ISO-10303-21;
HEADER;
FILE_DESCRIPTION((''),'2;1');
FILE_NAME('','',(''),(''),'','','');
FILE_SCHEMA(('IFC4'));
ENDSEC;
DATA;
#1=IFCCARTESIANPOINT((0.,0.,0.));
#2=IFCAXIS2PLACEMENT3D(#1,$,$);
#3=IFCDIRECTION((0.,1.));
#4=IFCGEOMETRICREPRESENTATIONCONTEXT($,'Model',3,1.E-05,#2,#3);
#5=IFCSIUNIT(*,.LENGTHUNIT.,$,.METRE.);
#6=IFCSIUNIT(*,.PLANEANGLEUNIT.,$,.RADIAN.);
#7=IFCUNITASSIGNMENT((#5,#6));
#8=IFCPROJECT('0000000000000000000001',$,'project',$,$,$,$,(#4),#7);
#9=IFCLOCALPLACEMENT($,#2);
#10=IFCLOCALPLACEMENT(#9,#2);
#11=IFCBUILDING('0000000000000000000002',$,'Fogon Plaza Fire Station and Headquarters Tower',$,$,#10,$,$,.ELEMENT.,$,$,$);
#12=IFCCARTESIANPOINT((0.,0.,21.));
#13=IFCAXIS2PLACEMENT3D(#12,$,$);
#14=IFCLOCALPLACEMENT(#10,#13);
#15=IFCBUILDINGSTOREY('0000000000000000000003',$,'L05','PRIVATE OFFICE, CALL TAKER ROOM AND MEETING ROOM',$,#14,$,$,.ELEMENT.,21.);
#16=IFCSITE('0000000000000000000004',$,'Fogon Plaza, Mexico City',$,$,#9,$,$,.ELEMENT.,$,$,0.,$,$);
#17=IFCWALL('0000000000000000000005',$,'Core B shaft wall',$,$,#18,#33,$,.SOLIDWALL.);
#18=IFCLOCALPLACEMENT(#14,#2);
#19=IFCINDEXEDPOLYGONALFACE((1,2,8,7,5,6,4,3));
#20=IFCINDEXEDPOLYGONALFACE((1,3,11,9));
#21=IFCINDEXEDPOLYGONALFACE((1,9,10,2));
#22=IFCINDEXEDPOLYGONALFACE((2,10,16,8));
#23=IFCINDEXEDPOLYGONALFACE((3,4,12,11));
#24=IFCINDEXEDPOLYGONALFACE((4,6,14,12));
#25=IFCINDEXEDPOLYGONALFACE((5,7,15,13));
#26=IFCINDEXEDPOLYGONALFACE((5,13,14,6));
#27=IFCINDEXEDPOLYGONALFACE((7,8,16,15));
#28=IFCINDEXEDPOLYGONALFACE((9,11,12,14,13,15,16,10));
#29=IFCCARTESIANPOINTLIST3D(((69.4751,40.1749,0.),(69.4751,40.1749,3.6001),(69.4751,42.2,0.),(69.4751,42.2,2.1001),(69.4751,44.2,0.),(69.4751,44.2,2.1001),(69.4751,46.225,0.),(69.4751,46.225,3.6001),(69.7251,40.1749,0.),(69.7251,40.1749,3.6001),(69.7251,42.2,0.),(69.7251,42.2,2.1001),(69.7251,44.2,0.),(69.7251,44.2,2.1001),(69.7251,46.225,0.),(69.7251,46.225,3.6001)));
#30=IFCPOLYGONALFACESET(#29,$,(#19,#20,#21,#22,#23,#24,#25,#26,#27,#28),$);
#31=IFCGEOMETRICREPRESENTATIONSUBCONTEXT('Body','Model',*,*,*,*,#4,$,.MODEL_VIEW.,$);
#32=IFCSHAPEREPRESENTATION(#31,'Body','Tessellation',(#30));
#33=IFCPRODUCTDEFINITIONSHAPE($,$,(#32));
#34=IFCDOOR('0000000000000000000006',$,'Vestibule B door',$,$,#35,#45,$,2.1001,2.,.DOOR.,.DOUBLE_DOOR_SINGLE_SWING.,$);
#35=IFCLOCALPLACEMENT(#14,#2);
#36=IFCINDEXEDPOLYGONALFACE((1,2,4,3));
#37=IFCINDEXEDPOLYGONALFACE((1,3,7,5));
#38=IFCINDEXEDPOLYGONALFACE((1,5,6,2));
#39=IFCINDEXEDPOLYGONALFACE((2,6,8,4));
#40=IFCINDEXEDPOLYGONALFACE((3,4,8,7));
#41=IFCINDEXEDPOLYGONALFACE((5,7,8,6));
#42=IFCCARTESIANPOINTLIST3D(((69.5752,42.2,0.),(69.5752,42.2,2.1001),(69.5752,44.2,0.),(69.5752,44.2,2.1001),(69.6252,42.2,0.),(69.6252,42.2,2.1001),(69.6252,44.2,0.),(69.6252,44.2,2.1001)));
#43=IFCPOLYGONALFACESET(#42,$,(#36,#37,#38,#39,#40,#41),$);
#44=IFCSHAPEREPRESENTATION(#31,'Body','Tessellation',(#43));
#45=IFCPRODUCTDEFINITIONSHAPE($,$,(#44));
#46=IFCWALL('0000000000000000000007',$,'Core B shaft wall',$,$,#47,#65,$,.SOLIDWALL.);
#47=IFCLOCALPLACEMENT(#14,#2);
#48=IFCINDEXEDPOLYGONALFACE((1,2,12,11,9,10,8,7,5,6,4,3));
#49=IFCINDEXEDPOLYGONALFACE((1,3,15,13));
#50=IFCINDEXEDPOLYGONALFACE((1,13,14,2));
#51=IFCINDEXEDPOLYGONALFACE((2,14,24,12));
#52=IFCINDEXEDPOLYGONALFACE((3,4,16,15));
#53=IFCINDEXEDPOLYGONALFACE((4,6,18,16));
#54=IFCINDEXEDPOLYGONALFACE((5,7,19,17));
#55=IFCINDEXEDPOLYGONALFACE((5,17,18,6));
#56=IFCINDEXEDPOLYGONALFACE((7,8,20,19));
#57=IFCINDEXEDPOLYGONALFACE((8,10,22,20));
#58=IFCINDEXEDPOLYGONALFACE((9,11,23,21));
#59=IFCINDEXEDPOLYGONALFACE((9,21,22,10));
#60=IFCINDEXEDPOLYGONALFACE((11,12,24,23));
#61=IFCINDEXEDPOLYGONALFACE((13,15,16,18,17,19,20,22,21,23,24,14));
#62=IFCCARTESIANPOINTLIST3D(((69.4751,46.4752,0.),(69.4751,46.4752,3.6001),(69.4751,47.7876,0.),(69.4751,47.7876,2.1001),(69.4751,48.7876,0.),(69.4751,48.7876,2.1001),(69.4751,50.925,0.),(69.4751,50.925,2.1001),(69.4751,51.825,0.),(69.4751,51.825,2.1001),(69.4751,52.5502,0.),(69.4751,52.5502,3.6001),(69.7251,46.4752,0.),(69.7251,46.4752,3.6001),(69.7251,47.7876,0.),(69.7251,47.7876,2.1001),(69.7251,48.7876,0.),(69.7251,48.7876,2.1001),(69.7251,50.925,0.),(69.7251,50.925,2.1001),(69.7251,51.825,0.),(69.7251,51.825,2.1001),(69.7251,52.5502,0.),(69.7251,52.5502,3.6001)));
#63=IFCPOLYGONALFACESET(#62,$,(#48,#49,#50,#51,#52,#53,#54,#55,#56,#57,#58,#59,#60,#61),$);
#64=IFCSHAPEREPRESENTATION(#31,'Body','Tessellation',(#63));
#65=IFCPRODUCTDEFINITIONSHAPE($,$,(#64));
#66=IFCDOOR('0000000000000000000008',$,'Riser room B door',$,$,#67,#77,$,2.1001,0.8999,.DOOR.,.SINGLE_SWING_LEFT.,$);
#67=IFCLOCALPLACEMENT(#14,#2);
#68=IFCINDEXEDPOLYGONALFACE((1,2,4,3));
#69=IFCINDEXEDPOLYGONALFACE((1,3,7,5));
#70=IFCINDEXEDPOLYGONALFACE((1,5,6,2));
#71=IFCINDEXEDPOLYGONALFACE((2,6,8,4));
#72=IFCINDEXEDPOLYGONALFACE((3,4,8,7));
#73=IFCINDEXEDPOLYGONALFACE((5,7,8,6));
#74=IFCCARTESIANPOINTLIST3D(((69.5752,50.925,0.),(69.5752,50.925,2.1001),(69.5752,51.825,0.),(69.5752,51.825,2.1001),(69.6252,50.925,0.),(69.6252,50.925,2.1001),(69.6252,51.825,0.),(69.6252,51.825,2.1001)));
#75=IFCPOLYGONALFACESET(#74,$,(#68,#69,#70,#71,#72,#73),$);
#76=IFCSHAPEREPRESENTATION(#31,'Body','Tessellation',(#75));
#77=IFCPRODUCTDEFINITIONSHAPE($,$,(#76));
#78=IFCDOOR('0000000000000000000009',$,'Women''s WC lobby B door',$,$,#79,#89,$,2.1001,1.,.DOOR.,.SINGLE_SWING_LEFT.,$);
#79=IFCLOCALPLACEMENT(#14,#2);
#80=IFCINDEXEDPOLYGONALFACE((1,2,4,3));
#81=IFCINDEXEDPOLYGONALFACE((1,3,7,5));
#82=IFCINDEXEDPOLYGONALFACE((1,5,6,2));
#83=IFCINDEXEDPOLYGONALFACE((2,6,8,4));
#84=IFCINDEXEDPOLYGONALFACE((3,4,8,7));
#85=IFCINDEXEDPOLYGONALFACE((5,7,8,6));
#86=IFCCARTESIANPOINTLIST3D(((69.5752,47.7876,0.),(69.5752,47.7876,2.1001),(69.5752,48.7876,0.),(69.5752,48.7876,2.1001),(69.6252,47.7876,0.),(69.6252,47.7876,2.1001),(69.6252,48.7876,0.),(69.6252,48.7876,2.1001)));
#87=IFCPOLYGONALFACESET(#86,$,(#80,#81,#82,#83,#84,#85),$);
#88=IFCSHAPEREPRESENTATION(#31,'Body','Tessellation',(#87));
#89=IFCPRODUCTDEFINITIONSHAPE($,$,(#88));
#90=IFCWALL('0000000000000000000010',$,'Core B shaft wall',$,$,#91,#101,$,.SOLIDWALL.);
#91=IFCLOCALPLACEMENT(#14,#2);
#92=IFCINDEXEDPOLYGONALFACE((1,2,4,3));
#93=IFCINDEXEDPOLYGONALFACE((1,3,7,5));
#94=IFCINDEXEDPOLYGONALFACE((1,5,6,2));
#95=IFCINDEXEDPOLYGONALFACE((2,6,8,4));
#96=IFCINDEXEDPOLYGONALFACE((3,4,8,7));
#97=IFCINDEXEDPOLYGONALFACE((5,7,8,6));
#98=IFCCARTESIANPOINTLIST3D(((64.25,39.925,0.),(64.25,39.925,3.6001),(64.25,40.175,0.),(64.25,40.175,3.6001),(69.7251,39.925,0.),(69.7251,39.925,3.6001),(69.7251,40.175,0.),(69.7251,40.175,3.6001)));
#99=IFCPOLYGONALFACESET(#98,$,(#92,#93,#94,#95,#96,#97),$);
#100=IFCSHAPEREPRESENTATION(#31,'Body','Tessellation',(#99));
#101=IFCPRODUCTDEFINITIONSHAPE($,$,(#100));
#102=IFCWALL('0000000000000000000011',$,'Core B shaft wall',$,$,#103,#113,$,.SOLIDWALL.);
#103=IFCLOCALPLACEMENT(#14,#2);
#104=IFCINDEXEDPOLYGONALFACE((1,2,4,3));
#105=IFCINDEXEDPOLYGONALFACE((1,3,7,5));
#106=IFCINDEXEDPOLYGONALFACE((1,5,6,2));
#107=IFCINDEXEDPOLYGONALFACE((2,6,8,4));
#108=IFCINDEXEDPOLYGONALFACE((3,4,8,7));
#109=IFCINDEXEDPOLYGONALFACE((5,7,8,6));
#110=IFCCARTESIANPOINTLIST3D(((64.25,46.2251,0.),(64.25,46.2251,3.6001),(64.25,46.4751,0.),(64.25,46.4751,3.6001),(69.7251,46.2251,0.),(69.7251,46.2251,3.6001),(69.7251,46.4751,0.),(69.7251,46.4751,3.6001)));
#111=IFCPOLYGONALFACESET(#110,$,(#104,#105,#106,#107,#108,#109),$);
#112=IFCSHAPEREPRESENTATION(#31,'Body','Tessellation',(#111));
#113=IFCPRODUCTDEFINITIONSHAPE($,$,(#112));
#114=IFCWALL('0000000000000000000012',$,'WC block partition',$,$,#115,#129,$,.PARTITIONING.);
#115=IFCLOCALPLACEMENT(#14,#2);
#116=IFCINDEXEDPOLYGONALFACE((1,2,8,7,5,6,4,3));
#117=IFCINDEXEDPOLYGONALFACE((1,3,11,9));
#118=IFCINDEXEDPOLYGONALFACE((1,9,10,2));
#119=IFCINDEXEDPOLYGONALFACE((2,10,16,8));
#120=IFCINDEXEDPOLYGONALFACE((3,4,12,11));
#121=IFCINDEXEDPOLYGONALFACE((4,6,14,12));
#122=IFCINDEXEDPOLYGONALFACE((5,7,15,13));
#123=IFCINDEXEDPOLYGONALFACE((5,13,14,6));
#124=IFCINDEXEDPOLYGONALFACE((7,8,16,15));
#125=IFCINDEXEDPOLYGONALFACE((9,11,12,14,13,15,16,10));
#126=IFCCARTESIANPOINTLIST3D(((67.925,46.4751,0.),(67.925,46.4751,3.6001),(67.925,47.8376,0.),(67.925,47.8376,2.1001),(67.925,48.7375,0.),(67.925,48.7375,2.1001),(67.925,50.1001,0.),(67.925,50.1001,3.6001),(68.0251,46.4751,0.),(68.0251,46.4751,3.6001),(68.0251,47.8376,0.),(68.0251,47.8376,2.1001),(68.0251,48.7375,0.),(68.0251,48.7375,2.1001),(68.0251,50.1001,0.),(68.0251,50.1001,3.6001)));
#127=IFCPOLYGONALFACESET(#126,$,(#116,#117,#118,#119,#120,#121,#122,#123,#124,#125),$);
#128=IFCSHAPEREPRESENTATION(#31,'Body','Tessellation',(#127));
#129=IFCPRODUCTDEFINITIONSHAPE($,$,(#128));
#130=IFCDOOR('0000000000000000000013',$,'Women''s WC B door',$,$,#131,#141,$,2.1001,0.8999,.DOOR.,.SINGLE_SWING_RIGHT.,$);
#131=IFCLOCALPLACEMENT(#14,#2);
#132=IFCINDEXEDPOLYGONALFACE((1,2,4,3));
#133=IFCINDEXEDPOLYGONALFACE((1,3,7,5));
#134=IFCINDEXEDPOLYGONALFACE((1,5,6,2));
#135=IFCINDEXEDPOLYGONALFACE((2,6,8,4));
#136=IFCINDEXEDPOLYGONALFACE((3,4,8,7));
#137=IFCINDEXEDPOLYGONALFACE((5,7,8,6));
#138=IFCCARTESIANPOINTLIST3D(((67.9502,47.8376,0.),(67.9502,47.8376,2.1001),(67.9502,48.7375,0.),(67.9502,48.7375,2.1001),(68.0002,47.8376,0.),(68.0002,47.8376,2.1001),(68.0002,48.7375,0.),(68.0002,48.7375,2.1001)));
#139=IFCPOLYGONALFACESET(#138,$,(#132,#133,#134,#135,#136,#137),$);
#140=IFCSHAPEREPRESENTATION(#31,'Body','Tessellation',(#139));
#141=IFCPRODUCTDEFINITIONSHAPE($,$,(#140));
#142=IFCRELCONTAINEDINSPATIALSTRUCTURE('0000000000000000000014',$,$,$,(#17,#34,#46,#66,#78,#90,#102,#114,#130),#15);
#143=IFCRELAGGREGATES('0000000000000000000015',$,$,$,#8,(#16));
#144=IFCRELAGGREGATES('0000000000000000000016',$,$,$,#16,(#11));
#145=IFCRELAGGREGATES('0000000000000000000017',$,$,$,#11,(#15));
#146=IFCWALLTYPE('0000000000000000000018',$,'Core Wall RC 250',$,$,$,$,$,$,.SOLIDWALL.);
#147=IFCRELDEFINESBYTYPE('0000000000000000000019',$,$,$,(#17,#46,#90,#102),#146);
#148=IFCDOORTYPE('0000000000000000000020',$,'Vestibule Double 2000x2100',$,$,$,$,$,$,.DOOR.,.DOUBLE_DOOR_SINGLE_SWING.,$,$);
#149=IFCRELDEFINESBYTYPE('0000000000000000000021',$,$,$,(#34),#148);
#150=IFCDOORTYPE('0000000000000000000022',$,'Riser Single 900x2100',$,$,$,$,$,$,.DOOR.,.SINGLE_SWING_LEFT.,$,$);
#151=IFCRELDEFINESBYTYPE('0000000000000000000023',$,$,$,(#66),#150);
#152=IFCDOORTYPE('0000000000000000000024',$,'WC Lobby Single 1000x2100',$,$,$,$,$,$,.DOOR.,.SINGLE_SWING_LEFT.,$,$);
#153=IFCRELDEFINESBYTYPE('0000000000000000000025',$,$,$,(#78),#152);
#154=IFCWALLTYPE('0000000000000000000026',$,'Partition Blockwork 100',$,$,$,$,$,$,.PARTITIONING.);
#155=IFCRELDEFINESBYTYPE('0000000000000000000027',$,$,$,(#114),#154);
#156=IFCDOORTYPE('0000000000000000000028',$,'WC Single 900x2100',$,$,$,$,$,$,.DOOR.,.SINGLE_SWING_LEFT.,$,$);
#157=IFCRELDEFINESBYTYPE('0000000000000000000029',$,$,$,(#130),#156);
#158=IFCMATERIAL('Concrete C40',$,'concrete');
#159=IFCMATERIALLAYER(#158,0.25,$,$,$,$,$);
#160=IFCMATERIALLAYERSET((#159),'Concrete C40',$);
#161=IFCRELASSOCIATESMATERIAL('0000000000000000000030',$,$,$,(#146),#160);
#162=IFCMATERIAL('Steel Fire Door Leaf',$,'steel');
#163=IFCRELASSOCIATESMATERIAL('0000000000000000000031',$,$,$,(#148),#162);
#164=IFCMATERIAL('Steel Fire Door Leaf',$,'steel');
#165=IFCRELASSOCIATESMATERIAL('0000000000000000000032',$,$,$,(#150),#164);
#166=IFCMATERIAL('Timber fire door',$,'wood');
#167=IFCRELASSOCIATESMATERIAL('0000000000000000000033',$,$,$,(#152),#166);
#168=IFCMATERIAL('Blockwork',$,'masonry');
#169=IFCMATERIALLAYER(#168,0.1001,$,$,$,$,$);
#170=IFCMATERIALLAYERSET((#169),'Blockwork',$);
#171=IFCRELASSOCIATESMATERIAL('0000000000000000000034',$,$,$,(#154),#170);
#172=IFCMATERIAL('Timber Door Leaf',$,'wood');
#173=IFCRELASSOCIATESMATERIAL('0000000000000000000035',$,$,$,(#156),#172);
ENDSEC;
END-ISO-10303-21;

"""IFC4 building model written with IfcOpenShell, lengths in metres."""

from ifc_helpers import new_model, si_unit, direction, frame, frame_2d, origin, place, context, subcontext, project, spatial, rectangle, extrude, material, layer, layer_set, type_object, element, fill, save


model = new_model("IFC4")

# Units and contexts
model_context = context("Model", 3, precision=1e-05, world=origin(), true_north=direction((0.0, 1.0)))
body_context = subcontext(model_context, "Body", "Model", "MODEL_VIEW")
ifc_project = project(units=[si_unit("LENGTHUNIT", "METRE"), si_unit("PLANEANGLEUNIT", "RADIAN")], contexts=[model_context])

# Site, building, storey
site_placement = place(None, origin())
site = spatial("IfcSite", under=ifc_project, at=site_placement, Name="Fogon Plaza, Mexico City", CompositionType="ELEMENT", RefElevation=0.0)
building_placement = place(site_placement, origin())
building = spatial("IfcBuilding", under=site, at=building_placement, Name="Fogon Plaza Fire Station and Headquarters Tower", CompositionType="ELEMENT")
storey_placement = place(building_placement, frame((0.0, 0.0, 21.0)))
storey = spatial("IfcBuildingStorey", under=building, at=storey_placement, Name="L05", Description="PRIVATE OFFICE, CALL TAKER ROOM AND MEETING ROOM", CompositionType="ELEMENT", Elevation=21.0)

# Shared definitions
ifc_material_1 = material(Name="Concrete C40", Category="concrete")
ifc_layer_1 = layer(ifc_material_1, 0.25)
ifc_layer_set_1 = layer_set([ifc_layer_1], Name="Concrete C40")
wall_type_1 = type_object("IfcWallType", Name="Core Wall RC 250", PredefinedType="SOLIDWALL", material=ifc_layer_set_1)

# Wall, opening, door
wall_1_placement = place(storey_placement, frame((69.6001, 40.175, 0.0), z_axis=(0.0, 0.0, 1.0), x_axis=(0.0, 1.0, 0.0)))
wall_1 = element("IfcWall", 1, at=wall_1_placement, inside=storey, type_object=wall_type_1, Name="Core B shaft wall", PredefinedType="SOLIDWALL", context=body_context, shape_type="SweptSolid", body=[
    extrude(rectangle(XDim=6.05, YDim=0.25, at=frame_2d((3.0249, 0.0))), origin(), (0.0, 0.0, 1.0), 3.6001),
])
opening_1_placement = place(wall_1_placement, frame((2.0249, 0.0, 0.0)))
opening_1 = element("IfcOpeningElement", 2, at=opening_1_placement, cuts=wall_1, PredefinedType="OPENING", context=body_context, shape_type="SweptSolid", body=[
    extrude(rectangle(XDim=2.0, YDim=2.1001, at=frame_2d((1.0, 1.05))), frame((0.0, 0.135, 0.0), z_axis=(0.0, -1.0, 0.0), x_axis=(1.0, 0.0, 0.0)), (0.0, 0.0, 1.0), 0.27),
])
ifc_material_2 = material(Name="Steel Fire Door Leaf", Category="steel")
door_type_1 = type_object("IfcDoorType", Name="Vestibule Double 2000x2100", OperationType="DOUBLE_DOOR_SINGLE_SWING", PredefinedType="DOOR", material=ifc_material_2)
door_1_placement = place(opening_1_placement, origin())
door_1 = element("IfcDoor", 3, at=door_1_placement, inside=storey, type_object=door_type_1, Name="Vestibule B door", OperationType="DOUBLE_DOOR_SINGLE_SWING", OverallHeight=2.1001, OverallWidth=2.0, PredefinedType="DOOR", context=body_context, shape_type="SweptSolid", body=[
    extrude(rectangle(XDim=2.0, YDim=2.1001, at=frame_2d((1.0, 1.05))), frame((0.0, 0.0249, 0.0), z_axis=(0.0, -1.0, 0.0), x_axis=(1.0, 0.0, 0.0)), (0.0, 0.0, 1.0), 0.05),
])
fill(opening_1, door_1)

# Wall, openings, doors
wall_2_placement = place(storey_placement, frame((69.6001, 46.4751, 0.0), z_axis=(0.0, 0.0, 1.0), x_axis=(0.0, 1.0, 0.0)))
wall_2 = element("IfcWall", 4, at=wall_2_placement, inside=storey, type_object=wall_type_1, Name="Core B shaft wall", PredefinedType="SOLIDWALL", context=body_context, shape_type="SweptSolid", body=[
    extrude(rectangle(XDim=6.075, YDim=0.25, at=frame_2d((3.0376, 0.0))), origin(), (0.0, 0.0, 1.0), 3.6001),
])
opening_2_placement = place(wall_2_placement, frame((1.3125, 0.0, 0.0)))
opening_2 = element("IfcOpeningElement", 5, at=opening_2_placement, cuts=wall_2, PredefinedType="OPENING", context=body_context, shape_type="SweptSolid", body=[
    extrude(rectangle(XDim=1.0, YDim=2.1001, at=frame_2d((0.5, 1.05))), frame((0.0, 0.135, 0.0), z_axis=(0.0, -1.0, 0.0), x_axis=(1.0, 0.0, 0.0)), (0.0, 0.0, 1.0), 0.27),
])
opening_3_placement = place(wall_2_placement, frame((4.45, 0.0, 0.0)))
opening_3 = element("IfcOpeningElement", 6, at=opening_3_placement, cuts=wall_2, PredefinedType="OPENING", context=body_context, shape_type="SweptSolid", body=[
    extrude(rectangle(XDim=0.8999, YDim=2.1001, at=frame_2d((0.45, 1.05))), frame((0.0, 0.135, 0.0), z_axis=(0.0, -1.0, 0.0), x_axis=(1.0, 0.0, 0.0)), (0.0, 0.0, 1.0), 0.27),
])
ifc_material_3 = material(Name="Steel Fire Door Leaf", Category="steel")
door_type_2 = type_object("IfcDoorType", Name="Riser Single 900x2100", OperationType="SINGLE_SWING_LEFT", PredefinedType="DOOR", material=ifc_material_3)
door_2_placement = place(opening_3_placement, origin())
door_2 = element("IfcDoor", 7, at=door_2_placement, inside=storey, type_object=door_type_2, Name="Riser room B door", OperationType="SINGLE_SWING_LEFT", OverallHeight=2.1001, OverallWidth=0.8999, PredefinedType="DOOR", context=body_context, shape_type="SweptSolid", body=[
    extrude(rectangle(XDim=0.8999, YDim=2.1001, at=frame_2d((0.45, 1.05))), frame((0.0, 0.0249, 0.0), z_axis=(0.0, -1.0, 0.0), x_axis=(1.0, 0.0, 0.0)), (0.0, 0.0, 1.0), 0.05),
])
fill(opening_3, door_2)
ifc_material_4 = material(Name="Timber fire door", Category="wood")
door_type_3 = type_object("IfcDoorType", Name="WC Lobby Single 1000x2100", OperationType="SINGLE_SWING_LEFT", PredefinedType="DOOR", material=ifc_material_4)
door_3_placement = place(opening_2_placement, origin())
door_3 = element("IfcDoor", 8, at=door_3_placement, inside=storey, type_object=door_type_3, Name="Women's WC lobby B door", OperationType="SINGLE_SWING_LEFT", OverallHeight=2.1001, OverallWidth=1.0, PredefinedType="DOOR", context=body_context, shape_type="SweptSolid", body=[
    extrude(rectangle(XDim=1.0, YDim=2.1001, at=frame_2d((0.5, 1.05))), frame((0.0, 0.0249, 0.0), z_axis=(0.0, -1.0, 0.0), x_axis=(1.0, 0.0, 0.0)), (0.0, 0.0, 1.0), 0.05),
])
fill(opening_2, door_3)

# Walls
for number, where, z_axis, x_axis, name in (
    (9, (69.7251, 40.05, 0.0), (0.0, 0.0, 1.0), (-1.0, 0.0, 0.0), "Core B shaft wall"),
    (10, (69.7251, 46.3501, 0.0), (0.0, 0.0, 1.0), (-1.0, 0.0, 0.0), "Core B shaft wall"),
):
    element("IfcWall", number, at=place(storey_placement, frame(where, z_axis=z_axis, x_axis=x_axis)), inside=storey, type_object=wall_type_1, Name=name, PredefinedType="SOLIDWALL", context=body_context, shape_type="SweptSolid", body=[
        extrude(rectangle(XDim=5.4751, YDim=0.25, at=frame_2d((2.7375, 0.0))), origin(), (0.0, 0.0, 1.0), 3.6001),
    ])

# Wall, opening, door
ifc_material_5 = material(Name="Blockwork", Category="masonry")
ifc_layer_2 = layer(ifc_material_5, 0.1001)
ifc_layer_set_2 = layer_set([ifc_layer_2], Name="Blockwork")
wall_type_2 = type_object("IfcWallType", Name="Partition Blockwork 100", PredefinedType="PARTITIONING", material=ifc_layer_set_2)
wall_3_placement = place(storey_placement, frame((67.9751, 46.4751, 0.0), z_axis=(0.0, 0.0, 1.0), x_axis=(0.0, 1.0, 0.0)))
wall_3 = element("IfcWall", 11, at=wall_3_placement, inside=storey, type_object=wall_type_2, Name="WC block partition", PredefinedType="PARTITIONING", context=body_context, shape_type="SweptSolid", body=[
    extrude(rectangle(XDim=3.625, YDim=0.1001, at=frame_2d((1.8125, 0.0))), origin(), (0.0, 0.0, 1.0), 3.6001),
])
opening_4_placement = place(wall_3_placement, frame((1.3625, 0.0, 0.0)))
opening_4 = element("IfcOpeningElement", 12, at=opening_4_placement, cuts=wall_3, PredefinedType="OPENING", context=body_context, shape_type="SweptSolid", body=[
    extrude(rectangle(XDim=0.8999, YDim=2.1001, at=frame_2d((0.45, 1.05))), frame((0.0, 0.0601, 0.0), z_axis=(0.0, -1.0, 0.0), x_axis=(1.0, 0.0, 0.0)), (0.0, 0.0, 1.0), 0.1201),
])
ifc_material_6 = material(Name="Timber Door Leaf", Category="wood")
door_type_4 = type_object("IfcDoorType", Name="WC Single 900x2100", OperationType="SINGLE_SWING_LEFT", PredefinedType="DOOR", material=ifc_material_6)
door_4_placement = place(opening_4_placement, origin())
door_4 = element("IfcDoor", 13, at=door_4_placement, inside=storey, type_object=door_type_4, Name="Women's WC B door", OperationType="SINGLE_SWING_RIGHT", OverallHeight=2.1001, OverallWidth=0.8999, PredefinedType="DOOR", context=body_context, shape_type="SweptSolid", body=[
    extrude(rectangle(XDim=0.8999, YDim=2.1001, at=frame_2d((0.45, 1.05))), frame((0.0, 0.0249, 0.0), z_axis=(0.0, -1.0, 0.0), x_axis=(1.0, 0.0, 0.0)), (0.0, 0.0, 1.0), 0.05),
])
fill(opening_4, door_4)

save(model, "model.ifc")
